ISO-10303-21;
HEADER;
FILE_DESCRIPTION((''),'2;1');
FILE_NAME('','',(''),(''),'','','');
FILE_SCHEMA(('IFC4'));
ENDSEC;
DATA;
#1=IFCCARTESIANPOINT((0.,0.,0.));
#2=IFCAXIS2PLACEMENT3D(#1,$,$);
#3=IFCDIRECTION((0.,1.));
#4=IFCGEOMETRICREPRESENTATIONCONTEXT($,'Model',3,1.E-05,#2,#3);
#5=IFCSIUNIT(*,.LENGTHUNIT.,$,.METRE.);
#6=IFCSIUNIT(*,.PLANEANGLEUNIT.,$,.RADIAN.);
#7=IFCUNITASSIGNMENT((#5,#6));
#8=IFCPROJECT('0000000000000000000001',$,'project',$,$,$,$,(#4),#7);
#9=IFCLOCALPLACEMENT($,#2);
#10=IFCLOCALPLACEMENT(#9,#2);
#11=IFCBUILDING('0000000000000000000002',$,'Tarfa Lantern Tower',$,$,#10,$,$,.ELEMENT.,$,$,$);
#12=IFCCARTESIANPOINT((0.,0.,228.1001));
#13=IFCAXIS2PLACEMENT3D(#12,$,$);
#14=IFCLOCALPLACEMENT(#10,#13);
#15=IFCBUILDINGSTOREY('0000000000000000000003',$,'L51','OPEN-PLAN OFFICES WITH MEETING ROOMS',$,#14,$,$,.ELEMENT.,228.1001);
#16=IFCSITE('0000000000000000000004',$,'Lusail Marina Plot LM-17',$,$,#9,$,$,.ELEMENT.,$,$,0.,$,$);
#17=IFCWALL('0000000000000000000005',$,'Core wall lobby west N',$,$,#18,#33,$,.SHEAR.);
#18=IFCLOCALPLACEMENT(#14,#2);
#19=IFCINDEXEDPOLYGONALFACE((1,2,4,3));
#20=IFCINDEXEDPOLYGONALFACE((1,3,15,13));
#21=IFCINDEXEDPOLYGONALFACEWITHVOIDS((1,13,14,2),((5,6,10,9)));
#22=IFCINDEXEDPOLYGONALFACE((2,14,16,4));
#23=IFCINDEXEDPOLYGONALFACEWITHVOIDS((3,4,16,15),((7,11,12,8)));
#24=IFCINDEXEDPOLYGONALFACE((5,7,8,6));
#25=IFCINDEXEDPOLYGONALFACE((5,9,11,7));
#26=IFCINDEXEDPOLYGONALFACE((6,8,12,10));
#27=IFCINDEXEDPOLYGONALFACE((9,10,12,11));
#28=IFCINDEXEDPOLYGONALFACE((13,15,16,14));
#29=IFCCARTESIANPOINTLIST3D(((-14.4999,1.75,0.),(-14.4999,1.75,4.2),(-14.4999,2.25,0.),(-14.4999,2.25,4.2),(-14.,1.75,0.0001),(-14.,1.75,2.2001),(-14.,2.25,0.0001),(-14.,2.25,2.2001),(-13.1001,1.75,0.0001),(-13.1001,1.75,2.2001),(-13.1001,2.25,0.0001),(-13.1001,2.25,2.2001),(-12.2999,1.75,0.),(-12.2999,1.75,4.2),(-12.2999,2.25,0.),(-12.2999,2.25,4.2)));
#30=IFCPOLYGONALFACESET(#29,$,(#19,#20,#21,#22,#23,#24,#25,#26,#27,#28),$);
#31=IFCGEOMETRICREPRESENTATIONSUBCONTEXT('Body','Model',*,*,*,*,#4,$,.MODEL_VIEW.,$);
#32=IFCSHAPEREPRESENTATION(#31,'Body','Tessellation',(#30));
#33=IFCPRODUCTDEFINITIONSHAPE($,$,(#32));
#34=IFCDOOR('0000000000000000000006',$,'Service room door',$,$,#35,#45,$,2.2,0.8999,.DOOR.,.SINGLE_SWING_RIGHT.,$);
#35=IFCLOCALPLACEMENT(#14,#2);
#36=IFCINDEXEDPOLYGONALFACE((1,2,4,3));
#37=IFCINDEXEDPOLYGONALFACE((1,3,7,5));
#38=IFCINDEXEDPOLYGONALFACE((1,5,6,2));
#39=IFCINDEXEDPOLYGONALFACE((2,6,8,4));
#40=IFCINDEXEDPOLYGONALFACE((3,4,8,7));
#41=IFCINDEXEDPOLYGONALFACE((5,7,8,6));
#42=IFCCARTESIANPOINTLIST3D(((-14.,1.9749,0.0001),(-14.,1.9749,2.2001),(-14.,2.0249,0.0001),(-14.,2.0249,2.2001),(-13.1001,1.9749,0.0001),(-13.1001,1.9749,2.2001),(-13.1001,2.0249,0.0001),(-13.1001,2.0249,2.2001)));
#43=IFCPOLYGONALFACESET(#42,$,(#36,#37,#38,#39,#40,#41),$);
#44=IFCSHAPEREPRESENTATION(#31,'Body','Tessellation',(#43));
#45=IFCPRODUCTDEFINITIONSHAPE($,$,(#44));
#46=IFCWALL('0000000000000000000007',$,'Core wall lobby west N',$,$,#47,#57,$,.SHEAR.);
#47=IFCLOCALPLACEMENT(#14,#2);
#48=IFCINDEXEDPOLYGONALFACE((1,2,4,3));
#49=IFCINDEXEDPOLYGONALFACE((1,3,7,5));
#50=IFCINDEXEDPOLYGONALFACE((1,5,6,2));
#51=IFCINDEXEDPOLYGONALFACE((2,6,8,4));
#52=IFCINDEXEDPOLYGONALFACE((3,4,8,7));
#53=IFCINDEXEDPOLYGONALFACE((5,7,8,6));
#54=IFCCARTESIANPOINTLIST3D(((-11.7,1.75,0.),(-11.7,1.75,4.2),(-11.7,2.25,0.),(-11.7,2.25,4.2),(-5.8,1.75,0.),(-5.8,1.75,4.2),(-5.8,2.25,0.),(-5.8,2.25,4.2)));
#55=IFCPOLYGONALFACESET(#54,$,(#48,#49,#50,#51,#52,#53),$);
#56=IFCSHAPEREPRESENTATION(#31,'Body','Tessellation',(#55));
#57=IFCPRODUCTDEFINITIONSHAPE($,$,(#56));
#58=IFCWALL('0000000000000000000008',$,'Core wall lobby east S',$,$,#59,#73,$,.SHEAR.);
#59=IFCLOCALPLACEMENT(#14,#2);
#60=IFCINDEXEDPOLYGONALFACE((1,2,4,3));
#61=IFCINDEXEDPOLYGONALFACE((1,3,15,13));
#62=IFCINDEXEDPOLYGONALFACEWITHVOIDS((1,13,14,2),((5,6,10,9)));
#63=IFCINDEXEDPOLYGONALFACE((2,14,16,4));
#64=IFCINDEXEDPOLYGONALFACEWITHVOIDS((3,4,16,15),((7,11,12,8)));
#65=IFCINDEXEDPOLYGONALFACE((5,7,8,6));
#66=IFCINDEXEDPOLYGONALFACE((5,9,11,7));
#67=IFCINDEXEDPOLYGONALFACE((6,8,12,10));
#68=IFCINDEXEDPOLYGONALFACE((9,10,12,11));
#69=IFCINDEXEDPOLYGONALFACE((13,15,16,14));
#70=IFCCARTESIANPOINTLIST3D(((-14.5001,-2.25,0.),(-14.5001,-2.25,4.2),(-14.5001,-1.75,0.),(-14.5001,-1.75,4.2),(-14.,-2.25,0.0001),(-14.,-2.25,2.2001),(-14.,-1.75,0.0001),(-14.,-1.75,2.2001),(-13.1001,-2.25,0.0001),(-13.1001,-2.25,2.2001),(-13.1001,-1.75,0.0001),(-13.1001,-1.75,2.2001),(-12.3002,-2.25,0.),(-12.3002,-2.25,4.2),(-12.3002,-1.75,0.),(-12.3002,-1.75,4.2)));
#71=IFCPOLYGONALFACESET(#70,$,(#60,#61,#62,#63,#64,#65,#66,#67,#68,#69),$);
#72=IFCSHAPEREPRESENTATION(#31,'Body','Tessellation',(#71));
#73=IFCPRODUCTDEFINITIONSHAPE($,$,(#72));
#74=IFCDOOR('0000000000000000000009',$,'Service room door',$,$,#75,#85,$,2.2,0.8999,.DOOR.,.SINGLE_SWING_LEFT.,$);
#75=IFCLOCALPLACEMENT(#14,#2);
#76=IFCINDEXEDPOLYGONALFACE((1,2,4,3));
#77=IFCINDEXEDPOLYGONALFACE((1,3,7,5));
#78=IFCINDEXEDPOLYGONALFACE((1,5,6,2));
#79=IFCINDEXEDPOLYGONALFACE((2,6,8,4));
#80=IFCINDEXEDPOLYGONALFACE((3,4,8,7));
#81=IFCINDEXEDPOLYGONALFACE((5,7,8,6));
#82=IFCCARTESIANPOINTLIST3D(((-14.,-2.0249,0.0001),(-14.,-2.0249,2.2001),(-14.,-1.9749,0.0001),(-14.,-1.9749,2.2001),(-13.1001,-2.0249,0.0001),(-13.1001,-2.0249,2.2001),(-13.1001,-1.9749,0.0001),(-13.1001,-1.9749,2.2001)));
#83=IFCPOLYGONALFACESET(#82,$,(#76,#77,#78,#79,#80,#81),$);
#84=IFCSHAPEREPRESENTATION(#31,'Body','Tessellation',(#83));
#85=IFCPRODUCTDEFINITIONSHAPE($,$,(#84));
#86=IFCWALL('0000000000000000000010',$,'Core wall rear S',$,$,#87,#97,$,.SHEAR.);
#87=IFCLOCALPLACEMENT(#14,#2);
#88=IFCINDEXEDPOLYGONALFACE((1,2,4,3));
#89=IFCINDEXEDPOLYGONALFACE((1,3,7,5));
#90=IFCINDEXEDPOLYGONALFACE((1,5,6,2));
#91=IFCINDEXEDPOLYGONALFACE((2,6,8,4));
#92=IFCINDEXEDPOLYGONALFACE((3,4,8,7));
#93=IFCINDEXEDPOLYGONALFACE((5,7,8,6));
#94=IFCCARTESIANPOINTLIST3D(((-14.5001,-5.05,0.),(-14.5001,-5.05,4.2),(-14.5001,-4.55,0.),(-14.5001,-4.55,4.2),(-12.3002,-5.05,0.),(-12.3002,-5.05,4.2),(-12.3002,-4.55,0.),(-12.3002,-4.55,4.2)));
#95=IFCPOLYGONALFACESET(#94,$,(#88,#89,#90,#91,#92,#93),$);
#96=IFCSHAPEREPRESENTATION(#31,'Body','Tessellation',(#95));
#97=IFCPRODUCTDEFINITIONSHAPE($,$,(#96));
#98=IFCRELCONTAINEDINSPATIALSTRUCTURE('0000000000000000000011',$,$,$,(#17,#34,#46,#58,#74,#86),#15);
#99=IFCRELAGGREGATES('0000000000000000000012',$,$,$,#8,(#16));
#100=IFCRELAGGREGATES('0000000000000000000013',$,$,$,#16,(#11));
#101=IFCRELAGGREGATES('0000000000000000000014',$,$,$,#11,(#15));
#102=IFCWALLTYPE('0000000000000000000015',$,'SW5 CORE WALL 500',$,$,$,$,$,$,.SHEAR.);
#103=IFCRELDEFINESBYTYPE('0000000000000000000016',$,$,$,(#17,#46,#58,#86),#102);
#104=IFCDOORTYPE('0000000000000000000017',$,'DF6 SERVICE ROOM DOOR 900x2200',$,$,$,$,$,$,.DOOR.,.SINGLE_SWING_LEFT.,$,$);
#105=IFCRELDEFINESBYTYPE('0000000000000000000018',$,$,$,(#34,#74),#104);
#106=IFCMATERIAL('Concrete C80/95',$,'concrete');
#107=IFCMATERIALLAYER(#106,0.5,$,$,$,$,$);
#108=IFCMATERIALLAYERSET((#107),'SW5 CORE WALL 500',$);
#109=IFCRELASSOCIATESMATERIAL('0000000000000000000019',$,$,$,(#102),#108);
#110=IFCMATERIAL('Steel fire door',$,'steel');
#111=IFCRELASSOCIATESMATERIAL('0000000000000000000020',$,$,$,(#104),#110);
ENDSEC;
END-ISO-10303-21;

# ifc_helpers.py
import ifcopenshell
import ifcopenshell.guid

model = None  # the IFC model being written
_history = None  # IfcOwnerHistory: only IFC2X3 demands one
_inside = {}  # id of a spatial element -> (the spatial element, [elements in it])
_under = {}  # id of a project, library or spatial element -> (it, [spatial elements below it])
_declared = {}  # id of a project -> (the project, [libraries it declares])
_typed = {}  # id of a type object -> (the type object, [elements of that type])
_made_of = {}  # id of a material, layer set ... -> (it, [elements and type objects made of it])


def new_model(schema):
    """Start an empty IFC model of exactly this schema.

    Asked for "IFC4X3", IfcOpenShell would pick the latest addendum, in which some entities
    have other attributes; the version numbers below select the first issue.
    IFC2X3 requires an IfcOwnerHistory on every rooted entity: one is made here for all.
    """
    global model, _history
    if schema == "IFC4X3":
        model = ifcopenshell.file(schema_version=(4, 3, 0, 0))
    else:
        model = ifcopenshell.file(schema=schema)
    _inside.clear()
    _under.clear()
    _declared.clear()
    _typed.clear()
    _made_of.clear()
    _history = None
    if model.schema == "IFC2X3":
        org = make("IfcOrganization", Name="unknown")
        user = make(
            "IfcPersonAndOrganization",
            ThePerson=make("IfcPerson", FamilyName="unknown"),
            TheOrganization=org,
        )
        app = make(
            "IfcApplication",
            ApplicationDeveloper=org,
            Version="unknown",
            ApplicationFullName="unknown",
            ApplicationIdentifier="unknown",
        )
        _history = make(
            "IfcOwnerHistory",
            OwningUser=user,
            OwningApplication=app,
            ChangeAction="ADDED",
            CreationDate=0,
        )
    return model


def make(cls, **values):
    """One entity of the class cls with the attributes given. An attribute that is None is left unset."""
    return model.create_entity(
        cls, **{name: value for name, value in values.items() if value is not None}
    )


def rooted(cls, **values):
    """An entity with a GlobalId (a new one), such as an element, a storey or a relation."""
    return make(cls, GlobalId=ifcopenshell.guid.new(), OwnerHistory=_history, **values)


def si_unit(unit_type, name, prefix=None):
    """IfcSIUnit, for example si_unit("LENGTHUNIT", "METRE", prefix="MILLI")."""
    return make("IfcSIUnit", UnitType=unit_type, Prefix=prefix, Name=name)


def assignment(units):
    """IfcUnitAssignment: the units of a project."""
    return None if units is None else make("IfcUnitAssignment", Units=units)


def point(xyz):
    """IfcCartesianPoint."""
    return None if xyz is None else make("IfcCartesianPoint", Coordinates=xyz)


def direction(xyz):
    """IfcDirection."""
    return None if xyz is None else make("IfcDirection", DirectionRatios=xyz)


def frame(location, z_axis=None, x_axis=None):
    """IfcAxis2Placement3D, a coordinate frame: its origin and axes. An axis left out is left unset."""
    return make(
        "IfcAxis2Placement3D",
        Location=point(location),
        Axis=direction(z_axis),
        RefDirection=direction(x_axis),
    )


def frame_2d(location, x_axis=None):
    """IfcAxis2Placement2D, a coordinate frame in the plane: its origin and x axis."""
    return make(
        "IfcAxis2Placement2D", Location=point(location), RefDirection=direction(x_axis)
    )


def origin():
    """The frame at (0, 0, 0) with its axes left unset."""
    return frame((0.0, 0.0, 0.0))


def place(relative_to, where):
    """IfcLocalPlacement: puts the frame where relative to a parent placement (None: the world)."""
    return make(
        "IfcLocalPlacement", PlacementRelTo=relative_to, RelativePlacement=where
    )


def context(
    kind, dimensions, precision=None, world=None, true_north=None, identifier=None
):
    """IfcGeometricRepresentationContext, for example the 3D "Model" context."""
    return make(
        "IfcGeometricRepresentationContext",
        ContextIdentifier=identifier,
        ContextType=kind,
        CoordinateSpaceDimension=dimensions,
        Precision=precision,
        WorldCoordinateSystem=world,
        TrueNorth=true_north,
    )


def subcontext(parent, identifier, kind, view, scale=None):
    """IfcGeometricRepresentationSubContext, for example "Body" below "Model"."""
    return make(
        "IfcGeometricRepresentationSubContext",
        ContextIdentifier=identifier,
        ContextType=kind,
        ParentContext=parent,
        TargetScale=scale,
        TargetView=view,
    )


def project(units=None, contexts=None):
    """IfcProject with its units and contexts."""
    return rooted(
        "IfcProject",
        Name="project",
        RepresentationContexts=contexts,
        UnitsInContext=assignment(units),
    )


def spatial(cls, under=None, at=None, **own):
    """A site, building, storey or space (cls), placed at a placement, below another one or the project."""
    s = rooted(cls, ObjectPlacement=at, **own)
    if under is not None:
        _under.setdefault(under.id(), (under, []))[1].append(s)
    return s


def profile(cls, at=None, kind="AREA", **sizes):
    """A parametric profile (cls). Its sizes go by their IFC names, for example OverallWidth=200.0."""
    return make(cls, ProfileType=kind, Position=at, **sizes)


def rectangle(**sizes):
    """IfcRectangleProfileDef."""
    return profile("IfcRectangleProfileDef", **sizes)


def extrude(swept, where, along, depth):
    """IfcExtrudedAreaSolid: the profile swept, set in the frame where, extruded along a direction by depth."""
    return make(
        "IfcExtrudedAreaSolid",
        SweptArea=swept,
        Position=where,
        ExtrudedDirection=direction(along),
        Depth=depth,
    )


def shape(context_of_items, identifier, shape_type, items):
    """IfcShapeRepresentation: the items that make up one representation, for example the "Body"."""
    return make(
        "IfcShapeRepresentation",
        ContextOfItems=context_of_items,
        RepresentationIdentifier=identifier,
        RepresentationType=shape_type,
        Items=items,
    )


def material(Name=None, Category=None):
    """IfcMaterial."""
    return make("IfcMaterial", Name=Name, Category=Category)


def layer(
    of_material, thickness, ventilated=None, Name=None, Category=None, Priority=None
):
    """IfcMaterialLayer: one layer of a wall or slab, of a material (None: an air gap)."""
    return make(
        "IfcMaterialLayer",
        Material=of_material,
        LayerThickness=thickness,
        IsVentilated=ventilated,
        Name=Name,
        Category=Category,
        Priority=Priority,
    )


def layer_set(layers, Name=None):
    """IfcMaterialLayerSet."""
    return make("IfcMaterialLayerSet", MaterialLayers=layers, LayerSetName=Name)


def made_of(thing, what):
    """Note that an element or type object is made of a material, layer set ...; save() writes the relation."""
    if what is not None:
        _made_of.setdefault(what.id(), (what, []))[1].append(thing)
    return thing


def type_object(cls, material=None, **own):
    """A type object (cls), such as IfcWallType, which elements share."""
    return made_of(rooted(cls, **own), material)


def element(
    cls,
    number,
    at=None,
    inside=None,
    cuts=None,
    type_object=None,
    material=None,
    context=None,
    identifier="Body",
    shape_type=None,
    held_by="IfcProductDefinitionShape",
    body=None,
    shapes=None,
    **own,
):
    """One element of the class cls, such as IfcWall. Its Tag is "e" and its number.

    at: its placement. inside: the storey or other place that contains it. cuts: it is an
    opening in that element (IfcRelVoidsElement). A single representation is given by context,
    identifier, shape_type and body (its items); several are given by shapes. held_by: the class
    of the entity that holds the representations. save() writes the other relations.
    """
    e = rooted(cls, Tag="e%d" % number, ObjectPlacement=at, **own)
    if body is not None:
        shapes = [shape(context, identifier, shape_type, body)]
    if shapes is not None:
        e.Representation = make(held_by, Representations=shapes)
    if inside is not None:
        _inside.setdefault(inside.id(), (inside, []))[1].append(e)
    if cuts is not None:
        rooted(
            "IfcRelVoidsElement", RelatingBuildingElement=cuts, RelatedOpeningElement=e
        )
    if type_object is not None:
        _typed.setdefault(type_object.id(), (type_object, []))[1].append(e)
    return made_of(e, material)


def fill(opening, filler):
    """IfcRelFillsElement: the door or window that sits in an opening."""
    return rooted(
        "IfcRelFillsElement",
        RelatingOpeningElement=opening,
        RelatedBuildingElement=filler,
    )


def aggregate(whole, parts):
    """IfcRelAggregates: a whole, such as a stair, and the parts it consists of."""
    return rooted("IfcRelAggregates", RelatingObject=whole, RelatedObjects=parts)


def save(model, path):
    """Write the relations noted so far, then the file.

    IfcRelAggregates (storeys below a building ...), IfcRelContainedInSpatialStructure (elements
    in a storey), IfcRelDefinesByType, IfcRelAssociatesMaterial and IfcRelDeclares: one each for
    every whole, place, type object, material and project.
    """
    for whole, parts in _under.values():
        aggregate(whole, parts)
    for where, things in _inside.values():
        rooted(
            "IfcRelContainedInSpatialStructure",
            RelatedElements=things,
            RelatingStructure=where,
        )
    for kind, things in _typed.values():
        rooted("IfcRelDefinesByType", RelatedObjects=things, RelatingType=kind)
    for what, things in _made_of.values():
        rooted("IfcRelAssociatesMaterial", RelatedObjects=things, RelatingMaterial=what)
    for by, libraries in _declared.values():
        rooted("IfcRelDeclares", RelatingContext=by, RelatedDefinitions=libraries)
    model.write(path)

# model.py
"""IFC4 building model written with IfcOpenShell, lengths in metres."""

from ifc_helpers import new_model, si_unit, direction, frame, frame_2d, origin, place, context, subcontext, project, spatial, rectangle, extrude, material, layer, layer_set, type_object, element, fill, save


model = new_model("IFC4")

# Units and contexts
model_context = context("Model", 3, precision=1e-05, world=origin(), true_north=direction((0.0, 1.0)))
body_context = subcontext(model_context, "Body", "Model", "MODEL_VIEW")
ifc_project = project(units=[si_unit("LENGTHUNIT", "METRE"), si_unit("PLANEANGLEUNIT", "RADIAN")], contexts=[model_context])

# Site, building, storey
site_placement = place(None, origin())
site = spatial("IfcSite", under=ifc_project, at=site_placement, Name="Lusail Marina Plot LM-17", CompositionType="ELEMENT", RefElevation=0.0)
building_placement = place(site_placement, origin())
building = spatial("IfcBuilding", under=site, at=building_placement, Name="Tarfa Lantern Tower", CompositionType="ELEMENT")
storey_placement = place(building_placement, frame((0.0, 0.0, 228.1001)))
storey = spatial("IfcBuildingStorey", under=building, at=storey_placement, Name="L51", Description="OPEN-PLAN OFFICES WITH MEETING ROOMS", CompositionType="ELEMENT", Elevation=228.1001)

# Shared definitions
ifc_material_1 = material(Name="Concrete C80/95", Category="concrete")

# Wall, opening, door
ifc_layer_1 = layer(ifc_material_1, 0.5)
ifc_layer_set_1 = layer_set([ifc_layer_1], Name="SW5 CORE WALL 500")
wall_type_1 = type_object("IfcWallType", Name="SW5 CORE WALL 500", PredefinedType="SHEAR", material=ifc_layer_set_1)
wall_1_placement = place(storey_placement, frame((-14.5, 2.0, 0.0), z_axis=(0.0, 0.0, 1.0), x_axis=(1.0, 0.0, 0.0)))
wall_1 = element("IfcWall", 1, at=wall_1_placement, inside=storey, type_object=wall_type_1, Name="Core wall lobby west N", PredefinedType="SHEAR", context=body_context, shape_type="SweptSolid", body=[
    extrude(rectangle(XDim=2.2, YDim=0.5, at=frame_2d((1.1001, 0.0))), origin(), (0.0, 0.0, 1.0), 4.2),
])
opening_1_placement = place(wall_1_placement, frame((0.5, 0.0, 0.0)))
opening_1 = element("IfcOpeningElement", 2, at=opening_1_placement, cuts=wall_1, PredefinedType="OPENING", context=body_context, shape_type="SweptSolid", body=[
    extrude(rectangle(XDim=0.8999, YDim=2.2, at=frame_2d((0.45, 1.1001))), frame((0.0, 0.26, 0.0), z_axis=(0.0, -1.0, 0.0), x_axis=(1.0, 0.0, 0.0)), (0.0, 0.0, 1.0), 0.52),
])
ifc_material_2 = material(Name="Steel fire door", Category="steel")
door_type_1 = type_object("IfcDoorType", Name="DF6 SERVICE ROOM DOOR 900x2200", OperationType="SINGLE_SWING_LEFT", PredefinedType="DOOR", material=ifc_material_2)
door_1_placement = place(opening_1_placement, origin())
door_1 = element("IfcDoor", 3, at=door_1_placement, inside=storey, type_object=door_type_1, Name="Service room door", OperationType="SINGLE_SWING_RIGHT", OverallHeight=2.2, OverallWidth=0.8999, PredefinedType="DOOR", context=body_context, shape_type="SweptSolid", body=[
    extrude(rectangle(XDim=0.8999, YDim=2.2, at=frame_2d((0.45, 1.1001))), frame((0.0, 0.0249, 0.0), z_axis=(0.0, -1.0, 0.0), x_axis=(1.0, 0.0, 0.0)), (0.0, 0.0, 1.0), 0.05),
])
fill(opening_1, door_1)

# Wall
wall_2_placement = place(storey_placement, frame((-11.7, 2.0, 0.0), z_axis=(0.0, 0.0, 1.0), x_axis=(1.0, 0.0, 0.0)))
element("IfcWall", 4, at=wall_2_placement, inside=storey, type_object=wall_type_1, Name="Core wall lobby west N", PredefinedType="SHEAR", context=body_context, shape_type="SweptSolid", body=[
    extrude(rectangle(XDim=5.8999, YDim=0.5, at=frame_2d((2.95, 0.0))), origin(), (0.0, 0.0, 1.0), 4.2),
])

# Wall, opening, door
wall_3_placement = place(storey_placement, frame((-12.3, -2.0, 0.0), z_axis=(0.0, 0.0, 1.0), x_axis=(-1.0, 0.0, 0.0)))
wall_3 = element("IfcWall", 5, at=wall_3_placement, inside=storey, type_object=wall_type_1, Name="Core wall lobby east S", PredefinedType="SHEAR", context=body_context, shape_type="SweptSolid", body=[
    extrude(rectangle(XDim=2.2, YDim=0.5, at=frame_2d((1.1001, 0.0))), origin(), (0.0, 0.0, 1.0), 4.2),
])
opening_2_placement = place(wall_3_placement, frame((0.8, 0.0, 0.0)))
opening_2 = element("IfcOpeningElement", 6, at=opening_2_placement, cuts=wall_3, PredefinedType="OPENING", context=body_context, shape_type="SweptSolid", body=[
    extrude(rectangle(XDim=0.8999, YDim=2.2, at=frame_2d((0.45, 1.1001))), frame((0.0, 0.26, 0.0), z_axis=(0.0, -1.0, 0.0), x_axis=(1.0, 0.0, 0.0)), (0.0, 0.0, 1.0), 0.52),
])
door_2_placement = place(opening_2_placement, origin())
door_2 = element("IfcDoor", 7, at=door_2_placement, inside=storey, type_object=door_type_1, Name="Service room door", OperationType="SINGLE_SWING_LEFT", OverallHeight=2.2, OverallWidth=0.8999, PredefinedType="DOOR", context=body_context, shape_type="SweptSolid", body=[
    extrude(rectangle(XDim=0.8999, YDim=2.2, at=frame_2d((0.45, 1.1001))), frame((0.0, 0.0249, 0.0), z_axis=(0.0, -1.0, 0.0), x_axis=(1.0, 0.0, 0.0)), (0.0, 0.0, 1.0), 0.05),
])
fill(opening_2, door_2)

# Wall
wall_4_placement = place(storey_placement, frame((-12.3, -4.8, 0.0), z_axis=(0.0, 0.0, 1.0), x_axis=(-1.0, 0.0, 0.0)))
element("IfcWall", 8, at=wall_4_placement, inside=storey, type_object=wall_type_1, Name="Core wall rear S", PredefinedType="SHEAR", context=body_context, shape_type="SweptSolid", body=[
    extrude(rectangle(XDim=2.2, YDim=0.5, at=frame_2d((1.1001, 0.0))), origin(), (0.0, 0.0, 1.0), 4.2),
])

save(model, "model.ifc")
